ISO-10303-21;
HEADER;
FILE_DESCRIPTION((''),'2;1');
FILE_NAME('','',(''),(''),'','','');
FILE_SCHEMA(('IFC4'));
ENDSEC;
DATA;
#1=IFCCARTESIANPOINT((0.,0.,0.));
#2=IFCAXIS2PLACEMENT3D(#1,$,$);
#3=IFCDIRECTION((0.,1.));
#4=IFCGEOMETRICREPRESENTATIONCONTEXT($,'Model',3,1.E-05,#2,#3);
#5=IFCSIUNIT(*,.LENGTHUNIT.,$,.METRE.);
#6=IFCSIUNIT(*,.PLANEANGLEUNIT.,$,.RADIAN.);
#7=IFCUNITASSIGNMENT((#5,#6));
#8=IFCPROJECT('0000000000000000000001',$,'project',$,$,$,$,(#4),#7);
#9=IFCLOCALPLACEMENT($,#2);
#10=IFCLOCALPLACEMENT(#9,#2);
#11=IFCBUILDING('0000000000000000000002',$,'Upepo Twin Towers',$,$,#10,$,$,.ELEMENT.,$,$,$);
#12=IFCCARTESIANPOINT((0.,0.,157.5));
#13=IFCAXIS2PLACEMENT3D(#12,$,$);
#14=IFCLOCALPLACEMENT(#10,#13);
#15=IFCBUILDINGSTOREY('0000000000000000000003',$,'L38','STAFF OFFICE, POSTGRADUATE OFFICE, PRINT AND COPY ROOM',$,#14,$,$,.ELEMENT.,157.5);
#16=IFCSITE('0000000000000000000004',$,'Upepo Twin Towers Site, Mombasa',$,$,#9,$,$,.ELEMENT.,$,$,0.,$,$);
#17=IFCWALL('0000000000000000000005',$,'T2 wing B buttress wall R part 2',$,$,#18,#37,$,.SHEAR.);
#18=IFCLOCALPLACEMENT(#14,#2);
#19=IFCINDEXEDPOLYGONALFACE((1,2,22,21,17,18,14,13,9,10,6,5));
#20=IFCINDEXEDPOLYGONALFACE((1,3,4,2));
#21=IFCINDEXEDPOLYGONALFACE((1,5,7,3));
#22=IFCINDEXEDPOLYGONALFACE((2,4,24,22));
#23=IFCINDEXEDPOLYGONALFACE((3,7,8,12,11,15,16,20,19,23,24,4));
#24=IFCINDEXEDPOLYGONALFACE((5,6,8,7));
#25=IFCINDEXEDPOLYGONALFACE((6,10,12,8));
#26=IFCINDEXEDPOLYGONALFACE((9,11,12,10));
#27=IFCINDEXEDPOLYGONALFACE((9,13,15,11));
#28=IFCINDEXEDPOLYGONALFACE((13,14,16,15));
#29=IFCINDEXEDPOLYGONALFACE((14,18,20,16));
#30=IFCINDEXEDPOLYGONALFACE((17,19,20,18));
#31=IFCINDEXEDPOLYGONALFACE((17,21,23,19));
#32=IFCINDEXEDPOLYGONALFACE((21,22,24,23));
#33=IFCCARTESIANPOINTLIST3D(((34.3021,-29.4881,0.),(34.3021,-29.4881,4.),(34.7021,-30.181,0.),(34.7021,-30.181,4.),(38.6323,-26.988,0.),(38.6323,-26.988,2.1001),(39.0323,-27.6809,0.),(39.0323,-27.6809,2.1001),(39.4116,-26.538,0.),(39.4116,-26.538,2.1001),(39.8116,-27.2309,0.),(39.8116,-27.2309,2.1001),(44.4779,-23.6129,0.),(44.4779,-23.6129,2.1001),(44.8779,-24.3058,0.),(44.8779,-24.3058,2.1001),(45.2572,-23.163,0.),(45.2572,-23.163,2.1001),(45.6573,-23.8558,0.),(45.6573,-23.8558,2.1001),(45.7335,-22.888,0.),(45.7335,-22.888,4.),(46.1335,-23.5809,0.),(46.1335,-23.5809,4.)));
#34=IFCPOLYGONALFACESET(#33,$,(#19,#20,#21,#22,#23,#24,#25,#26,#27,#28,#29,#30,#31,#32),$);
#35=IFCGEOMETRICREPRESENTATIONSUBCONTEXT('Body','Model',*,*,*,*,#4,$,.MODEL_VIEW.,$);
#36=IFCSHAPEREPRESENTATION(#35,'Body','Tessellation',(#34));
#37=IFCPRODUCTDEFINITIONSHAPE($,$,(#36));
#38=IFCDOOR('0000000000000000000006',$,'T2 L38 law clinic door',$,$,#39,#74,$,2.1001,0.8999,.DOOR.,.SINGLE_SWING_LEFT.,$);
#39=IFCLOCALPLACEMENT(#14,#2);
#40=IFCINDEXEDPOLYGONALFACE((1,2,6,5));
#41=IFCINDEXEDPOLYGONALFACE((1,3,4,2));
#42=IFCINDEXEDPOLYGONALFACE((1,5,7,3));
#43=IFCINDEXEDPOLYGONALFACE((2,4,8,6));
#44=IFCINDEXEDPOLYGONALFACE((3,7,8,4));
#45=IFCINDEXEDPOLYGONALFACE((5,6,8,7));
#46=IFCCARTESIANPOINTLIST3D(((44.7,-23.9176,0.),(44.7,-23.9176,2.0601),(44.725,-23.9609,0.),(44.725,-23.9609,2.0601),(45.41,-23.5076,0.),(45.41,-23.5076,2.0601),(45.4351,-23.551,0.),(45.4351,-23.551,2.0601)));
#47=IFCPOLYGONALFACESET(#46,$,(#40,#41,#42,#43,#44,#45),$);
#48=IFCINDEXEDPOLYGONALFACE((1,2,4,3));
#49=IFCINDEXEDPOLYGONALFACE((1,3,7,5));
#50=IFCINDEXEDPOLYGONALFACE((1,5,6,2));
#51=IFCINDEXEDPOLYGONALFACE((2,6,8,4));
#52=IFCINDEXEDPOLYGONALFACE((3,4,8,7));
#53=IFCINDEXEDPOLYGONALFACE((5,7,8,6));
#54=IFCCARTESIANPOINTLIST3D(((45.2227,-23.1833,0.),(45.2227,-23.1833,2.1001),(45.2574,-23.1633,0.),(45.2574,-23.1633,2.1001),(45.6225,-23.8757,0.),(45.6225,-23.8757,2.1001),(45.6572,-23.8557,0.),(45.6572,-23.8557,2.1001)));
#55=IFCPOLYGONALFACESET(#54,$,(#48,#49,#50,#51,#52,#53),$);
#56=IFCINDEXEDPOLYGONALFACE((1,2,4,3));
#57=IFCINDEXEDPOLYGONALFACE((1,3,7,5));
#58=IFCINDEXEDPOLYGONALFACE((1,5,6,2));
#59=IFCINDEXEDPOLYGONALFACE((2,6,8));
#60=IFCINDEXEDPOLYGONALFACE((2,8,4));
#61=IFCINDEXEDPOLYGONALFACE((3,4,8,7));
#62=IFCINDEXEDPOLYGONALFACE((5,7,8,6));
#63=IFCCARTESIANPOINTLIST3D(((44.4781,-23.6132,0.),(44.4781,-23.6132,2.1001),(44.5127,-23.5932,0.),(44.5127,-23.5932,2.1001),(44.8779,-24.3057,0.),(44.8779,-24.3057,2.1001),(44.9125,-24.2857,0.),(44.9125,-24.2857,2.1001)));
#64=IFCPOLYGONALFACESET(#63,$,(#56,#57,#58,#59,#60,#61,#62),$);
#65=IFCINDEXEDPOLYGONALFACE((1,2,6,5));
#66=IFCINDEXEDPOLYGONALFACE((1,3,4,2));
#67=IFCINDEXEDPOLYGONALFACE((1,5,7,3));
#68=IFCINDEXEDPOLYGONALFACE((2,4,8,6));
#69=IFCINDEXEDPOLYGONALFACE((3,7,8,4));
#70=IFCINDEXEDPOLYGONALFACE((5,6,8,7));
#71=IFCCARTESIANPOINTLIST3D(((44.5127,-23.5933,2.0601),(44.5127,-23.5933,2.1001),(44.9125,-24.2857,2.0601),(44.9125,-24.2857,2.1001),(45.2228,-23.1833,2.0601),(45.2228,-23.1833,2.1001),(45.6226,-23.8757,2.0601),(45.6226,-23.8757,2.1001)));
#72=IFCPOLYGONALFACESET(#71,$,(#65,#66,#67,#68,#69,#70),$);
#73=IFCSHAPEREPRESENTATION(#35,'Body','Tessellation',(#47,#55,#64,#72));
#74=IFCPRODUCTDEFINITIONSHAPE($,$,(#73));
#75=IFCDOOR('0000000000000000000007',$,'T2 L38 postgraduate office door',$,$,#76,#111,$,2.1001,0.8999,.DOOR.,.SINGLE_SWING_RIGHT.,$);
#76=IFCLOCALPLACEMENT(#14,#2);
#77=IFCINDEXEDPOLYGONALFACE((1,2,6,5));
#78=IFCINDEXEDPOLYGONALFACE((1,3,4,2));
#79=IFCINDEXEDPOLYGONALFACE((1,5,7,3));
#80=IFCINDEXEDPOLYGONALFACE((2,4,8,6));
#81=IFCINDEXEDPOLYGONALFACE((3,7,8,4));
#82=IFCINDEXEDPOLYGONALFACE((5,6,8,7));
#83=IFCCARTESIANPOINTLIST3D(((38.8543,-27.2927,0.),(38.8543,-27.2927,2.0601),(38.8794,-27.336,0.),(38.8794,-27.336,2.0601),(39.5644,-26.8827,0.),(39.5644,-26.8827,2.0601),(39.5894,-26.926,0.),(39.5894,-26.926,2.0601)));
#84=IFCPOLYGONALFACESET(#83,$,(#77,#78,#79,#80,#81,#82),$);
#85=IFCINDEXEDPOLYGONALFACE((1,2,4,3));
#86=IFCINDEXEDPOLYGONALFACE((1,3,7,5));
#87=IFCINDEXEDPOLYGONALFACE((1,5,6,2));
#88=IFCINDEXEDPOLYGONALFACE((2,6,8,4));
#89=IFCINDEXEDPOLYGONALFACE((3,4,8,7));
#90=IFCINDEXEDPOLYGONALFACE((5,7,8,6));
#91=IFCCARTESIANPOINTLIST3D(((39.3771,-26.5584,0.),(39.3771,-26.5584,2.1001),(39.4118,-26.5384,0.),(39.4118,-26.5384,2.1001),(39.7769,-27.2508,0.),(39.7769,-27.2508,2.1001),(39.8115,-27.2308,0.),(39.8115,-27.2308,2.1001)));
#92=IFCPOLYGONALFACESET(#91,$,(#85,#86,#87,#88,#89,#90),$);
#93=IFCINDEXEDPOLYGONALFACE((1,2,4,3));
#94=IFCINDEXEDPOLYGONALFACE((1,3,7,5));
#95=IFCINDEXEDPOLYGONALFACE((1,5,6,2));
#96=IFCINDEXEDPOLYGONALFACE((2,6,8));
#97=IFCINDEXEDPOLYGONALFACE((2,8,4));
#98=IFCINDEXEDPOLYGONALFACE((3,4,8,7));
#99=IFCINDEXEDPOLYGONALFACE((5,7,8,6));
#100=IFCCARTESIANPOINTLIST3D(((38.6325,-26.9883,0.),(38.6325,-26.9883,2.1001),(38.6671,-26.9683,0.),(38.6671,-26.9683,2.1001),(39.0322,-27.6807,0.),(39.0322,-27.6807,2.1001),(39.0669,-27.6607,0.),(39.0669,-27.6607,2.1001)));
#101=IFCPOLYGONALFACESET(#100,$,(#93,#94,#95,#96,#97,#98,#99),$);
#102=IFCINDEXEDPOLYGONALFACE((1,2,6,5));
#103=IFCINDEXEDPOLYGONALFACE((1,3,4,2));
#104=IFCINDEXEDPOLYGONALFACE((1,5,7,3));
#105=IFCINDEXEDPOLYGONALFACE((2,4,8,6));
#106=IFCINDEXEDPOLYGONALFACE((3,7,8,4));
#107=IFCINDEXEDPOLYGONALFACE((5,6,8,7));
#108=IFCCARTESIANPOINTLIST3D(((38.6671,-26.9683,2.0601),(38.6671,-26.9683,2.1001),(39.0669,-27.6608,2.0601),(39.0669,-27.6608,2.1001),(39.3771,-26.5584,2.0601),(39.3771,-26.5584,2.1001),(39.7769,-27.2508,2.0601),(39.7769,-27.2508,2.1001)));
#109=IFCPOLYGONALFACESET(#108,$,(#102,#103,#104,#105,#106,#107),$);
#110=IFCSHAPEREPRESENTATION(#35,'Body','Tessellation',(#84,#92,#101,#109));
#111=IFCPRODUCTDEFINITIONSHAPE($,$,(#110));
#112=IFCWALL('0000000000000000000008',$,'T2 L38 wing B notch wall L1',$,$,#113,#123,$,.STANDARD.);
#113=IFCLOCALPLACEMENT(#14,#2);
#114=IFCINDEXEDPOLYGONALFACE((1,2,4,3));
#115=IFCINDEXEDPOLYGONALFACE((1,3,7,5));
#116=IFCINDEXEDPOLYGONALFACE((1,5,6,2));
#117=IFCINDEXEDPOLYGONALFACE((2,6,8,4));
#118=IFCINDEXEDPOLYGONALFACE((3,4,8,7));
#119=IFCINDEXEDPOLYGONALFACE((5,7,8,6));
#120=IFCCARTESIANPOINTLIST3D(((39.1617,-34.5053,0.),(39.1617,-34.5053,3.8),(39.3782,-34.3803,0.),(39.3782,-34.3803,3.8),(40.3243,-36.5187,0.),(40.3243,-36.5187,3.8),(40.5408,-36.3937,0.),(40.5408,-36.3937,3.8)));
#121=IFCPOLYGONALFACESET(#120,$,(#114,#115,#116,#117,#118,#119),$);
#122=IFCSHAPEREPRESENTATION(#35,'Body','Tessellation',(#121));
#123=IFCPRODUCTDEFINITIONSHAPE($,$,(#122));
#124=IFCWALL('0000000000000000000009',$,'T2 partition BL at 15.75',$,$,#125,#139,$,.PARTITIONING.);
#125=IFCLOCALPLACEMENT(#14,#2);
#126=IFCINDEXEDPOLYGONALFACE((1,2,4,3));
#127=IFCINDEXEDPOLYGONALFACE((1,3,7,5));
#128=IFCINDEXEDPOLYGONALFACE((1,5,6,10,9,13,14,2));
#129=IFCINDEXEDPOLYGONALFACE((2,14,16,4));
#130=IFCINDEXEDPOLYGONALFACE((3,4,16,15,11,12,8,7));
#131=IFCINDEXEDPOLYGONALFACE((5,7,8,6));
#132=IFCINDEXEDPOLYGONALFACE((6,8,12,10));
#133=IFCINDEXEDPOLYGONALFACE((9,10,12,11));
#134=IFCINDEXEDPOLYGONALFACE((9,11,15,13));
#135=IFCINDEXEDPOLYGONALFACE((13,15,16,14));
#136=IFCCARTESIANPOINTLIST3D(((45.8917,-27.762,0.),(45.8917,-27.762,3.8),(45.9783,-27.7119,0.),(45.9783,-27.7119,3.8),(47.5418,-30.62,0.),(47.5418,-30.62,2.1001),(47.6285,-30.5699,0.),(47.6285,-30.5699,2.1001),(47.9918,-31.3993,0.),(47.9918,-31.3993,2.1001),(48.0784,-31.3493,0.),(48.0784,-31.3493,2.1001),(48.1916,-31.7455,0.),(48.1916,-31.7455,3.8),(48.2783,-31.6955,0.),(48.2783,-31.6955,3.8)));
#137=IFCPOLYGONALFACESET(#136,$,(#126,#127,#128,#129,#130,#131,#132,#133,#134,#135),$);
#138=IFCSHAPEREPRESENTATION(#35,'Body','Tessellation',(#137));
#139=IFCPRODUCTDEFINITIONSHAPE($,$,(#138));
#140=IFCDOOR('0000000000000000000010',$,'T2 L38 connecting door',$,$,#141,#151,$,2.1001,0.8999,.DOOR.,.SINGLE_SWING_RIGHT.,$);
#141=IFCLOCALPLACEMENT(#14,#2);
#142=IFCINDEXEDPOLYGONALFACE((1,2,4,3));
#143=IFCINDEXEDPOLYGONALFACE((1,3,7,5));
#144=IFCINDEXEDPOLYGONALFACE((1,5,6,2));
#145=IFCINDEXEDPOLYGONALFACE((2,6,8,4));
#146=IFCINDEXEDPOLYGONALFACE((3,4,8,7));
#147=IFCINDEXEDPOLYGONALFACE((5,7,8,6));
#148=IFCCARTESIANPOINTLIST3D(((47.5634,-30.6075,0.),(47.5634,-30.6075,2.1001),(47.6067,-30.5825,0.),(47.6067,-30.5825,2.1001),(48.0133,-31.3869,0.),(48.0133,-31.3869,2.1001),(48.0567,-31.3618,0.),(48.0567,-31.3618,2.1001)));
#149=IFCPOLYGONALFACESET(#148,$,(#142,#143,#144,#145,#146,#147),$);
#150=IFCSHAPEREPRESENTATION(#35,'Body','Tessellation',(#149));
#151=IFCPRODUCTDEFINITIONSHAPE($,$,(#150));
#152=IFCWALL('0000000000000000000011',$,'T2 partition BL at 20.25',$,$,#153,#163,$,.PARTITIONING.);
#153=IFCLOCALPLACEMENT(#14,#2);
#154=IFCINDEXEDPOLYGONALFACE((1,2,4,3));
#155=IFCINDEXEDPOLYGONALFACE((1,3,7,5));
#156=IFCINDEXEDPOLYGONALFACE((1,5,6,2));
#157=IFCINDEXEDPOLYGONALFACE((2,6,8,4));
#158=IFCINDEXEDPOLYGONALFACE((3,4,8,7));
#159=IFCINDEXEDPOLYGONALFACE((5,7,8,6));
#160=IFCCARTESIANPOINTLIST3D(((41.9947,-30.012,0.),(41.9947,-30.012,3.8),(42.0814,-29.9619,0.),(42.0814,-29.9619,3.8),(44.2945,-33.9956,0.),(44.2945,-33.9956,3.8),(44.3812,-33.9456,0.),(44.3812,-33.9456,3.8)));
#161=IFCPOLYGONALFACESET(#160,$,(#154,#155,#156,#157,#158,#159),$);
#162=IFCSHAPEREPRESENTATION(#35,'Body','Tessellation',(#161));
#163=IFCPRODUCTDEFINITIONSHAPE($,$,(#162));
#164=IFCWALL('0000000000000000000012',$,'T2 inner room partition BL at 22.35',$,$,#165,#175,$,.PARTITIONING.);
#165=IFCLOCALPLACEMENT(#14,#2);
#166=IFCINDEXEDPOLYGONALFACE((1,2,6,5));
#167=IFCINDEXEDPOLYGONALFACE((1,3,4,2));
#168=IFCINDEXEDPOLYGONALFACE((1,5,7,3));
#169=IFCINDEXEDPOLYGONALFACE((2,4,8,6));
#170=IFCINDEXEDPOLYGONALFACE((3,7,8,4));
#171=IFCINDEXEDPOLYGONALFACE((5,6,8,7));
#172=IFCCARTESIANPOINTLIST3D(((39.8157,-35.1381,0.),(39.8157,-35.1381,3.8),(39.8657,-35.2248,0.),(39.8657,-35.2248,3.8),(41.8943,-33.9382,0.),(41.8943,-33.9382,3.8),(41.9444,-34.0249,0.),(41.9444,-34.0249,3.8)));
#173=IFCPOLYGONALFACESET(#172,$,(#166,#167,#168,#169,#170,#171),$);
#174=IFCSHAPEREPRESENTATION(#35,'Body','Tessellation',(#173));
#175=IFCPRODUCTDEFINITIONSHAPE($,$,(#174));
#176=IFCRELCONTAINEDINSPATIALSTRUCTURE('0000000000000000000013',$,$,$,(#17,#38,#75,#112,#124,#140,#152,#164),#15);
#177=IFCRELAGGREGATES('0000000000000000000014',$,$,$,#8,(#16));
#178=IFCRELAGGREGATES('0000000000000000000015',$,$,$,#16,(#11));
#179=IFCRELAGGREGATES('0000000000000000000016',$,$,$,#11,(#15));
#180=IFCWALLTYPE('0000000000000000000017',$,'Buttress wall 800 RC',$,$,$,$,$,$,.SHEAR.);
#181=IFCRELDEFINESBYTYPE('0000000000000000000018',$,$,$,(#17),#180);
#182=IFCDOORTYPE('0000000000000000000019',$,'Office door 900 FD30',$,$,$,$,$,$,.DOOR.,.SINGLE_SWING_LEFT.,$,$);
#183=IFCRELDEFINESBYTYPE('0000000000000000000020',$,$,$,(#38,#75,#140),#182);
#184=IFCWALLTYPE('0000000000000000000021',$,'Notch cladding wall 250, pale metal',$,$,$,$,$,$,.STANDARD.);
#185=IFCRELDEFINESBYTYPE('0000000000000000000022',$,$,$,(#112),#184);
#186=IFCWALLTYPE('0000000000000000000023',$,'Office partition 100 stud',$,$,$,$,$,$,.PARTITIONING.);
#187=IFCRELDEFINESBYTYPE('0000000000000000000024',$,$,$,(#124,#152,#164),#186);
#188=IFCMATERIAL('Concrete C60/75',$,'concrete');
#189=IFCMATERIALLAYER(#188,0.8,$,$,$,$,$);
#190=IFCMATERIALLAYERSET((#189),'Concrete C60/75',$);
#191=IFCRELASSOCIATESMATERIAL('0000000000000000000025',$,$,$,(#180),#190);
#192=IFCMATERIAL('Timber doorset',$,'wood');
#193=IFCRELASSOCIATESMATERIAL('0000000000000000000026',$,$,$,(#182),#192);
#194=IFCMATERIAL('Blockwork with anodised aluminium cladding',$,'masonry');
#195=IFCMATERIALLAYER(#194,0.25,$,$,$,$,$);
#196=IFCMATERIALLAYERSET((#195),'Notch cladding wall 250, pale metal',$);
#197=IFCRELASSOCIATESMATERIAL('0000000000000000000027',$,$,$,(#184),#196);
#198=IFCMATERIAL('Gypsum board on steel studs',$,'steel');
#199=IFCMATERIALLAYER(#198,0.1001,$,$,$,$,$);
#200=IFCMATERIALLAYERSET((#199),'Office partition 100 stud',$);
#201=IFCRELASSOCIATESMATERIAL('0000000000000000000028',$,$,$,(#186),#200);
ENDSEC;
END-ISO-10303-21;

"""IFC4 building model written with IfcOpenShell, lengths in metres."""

from ifc_helpers import new_model, si_unit, direction, frame, frame_2d, origin, place, context, subcontext, project, spatial, rectangle, extrude, material, layer, layer_set, type_object, element, fill, save


model = new_model("IFC4")

# Units and contexts
model_context = context("Model", 3, precision=1e-05, world=origin(), true_north=direction((0.0, 1.0)))
body_context = subcontext(model_context, "Body", "Model", "MODEL_VIEW")
ifc_project = project(units=[si_unit("LENGTHUNIT", "METRE"), si_unit("PLANEANGLEUNIT", "RADIAN")], contexts=[model_context])

# Site, building, storey
site_placement = place(None, origin())
site = spatial("IfcSite", under=ifc_project, at=site_placement, Name="Upepo Twin Towers Site, Mombasa", CompositionType="ELEMENT", RefElevation=0.0)
building_placement = place(site_placement, origin())
building = spatial("IfcBuilding", under=site, at=building_placement, Name="Upepo Twin Towers", CompositionType="ELEMENT")
storey_placement = place(building_placement, frame((0.0, 0.0, 157.5)))
storey = spatial("IfcBuildingStorey", under=building, at=storey_placement, Name="L38", Description="STAFF OFFICE, POSTGRADUATE OFFICE, PRINT AND COPY ROOM", CompositionType="ELEMENT", Elevation=157.5)

# Wall, openings, doors
ifc_material_1 = material(Name="Concrete C60/75", Category="concrete")
ifc_layer_1 = layer(ifc_material_1, 0.8)
ifc_layer_set_1 = layer_set([ifc_layer_1], Name="Concrete C60/75")
wall_type_1 = type_object("IfcWallType", Name="Buttress wall 800 RC", PredefinedType="SHEAR", material=ifc_layer_set_1)
wall_1_placement = place(storey_placement, frame((45.9336, -23.2344, 0.0), z_axis=(0.0, 0.0, 1.0), x_axis=(-0.86602, -0.50001, 0.0)))
wall_1 = element("IfcWall", 1, at=wall_1_placement, inside=storey, type_object=wall_type_1, Name="T2 wing B buttress wall R part 2", PredefinedType="SHEAR", context=body_context, shape_type="SweptSolid", body=[
    extrude(rectangle(XDim=13.2, YDim=0.8, at=frame_2d((6.6001, 0.0))), origin(), (0.0, 0.0, 1.0), 4.0),
])
opening_1_placement = place(wall_1_placement, frame((0.55, 0.0, 0.0)))
opening_1 = element("IfcOpeningElement", 2, at=opening_1_placement, cuts=wall_1, PredefinedType="OPENING", context=body_context, shape_type="SweptSolid", body=[
    extrude(rectangle(XDim=0.8999, YDim=2.1001, at=frame_2d((0.45, 1.05))), frame((0.0, 0.4099, 0.0), z_axis=(0.0, -1.0, 0.0), x_axis=(1.0, 0.0, 0.0)), (0.0, 0.0, 1.0), 0.8201),
])
opening_2_placement = place(wall_1_placement, frame((7.3, 0.0, 0.0)))
opening_2 = element("IfcOpeningElement", 3, at=opening_2_placement, cuts=wall_1, PredefinedType="OPENING", context=body_context, shape_type="SweptSolid", body=[
    extrude(rectangle(XDim=0.8999, YDim=2.1001, at=frame_2d((0.45, 1.05))), frame((0.0, 0.4099, 0.0), z_axis=(0.0, -1.0, 0.0), x_axis=(1.0, 0.0, 0.0)), (0.0, 0.0, 1.0), 0.8201),
])
ifc_material_2 = material(Name="Timber doorset", Category="wood")
door_type = type_object("IfcDoorType", Name="Office door 900 FD30", OperationType="SINGLE_SWING_LEFT", PredefinedType="DOOR", material=ifc_material_2)
door_1_placement = place(opening_1_placement, origin())
door_1 = element("IfcDoor", 4, at=door_1_placement, inside=storey, type_object=door_type, Name="T2 L38 law clinic door", OperationType="SINGLE_SWING_LEFT", OverallHeight=2.1001, OverallWidth=0.8999, PredefinedType="DOOR", context=body_context, shape_type="SweptSolid", body=[
    extrude(rectangle(XDim=0.8199, YDim=2.0601, at=frame_2d((0.45, 1.03))), frame((0.0, 0.0249, 0.0), z_axis=(0.0, -1.0, 0.0), x_axis=(1.0, 0.0, 0.0)), (0.0, 0.0, 1.0), 0.05),
    extrude(rectangle(XDim=0.04, YDim=2.1001, at=frame_2d((0.02, 1.05))), frame((0.0, 0.3999, 0.0), z_axis=(0.0, -1.0, 0.0), x_axis=(1.0, 0.0, 0.0)), (0.0, 0.0, 1.0), 0.7996),
    extrude(rectangle(XDim=0.04, YDim=2.1001, at=frame_2d((0.8799, 1.05))), frame((0.0, 0.3999, 0.0), z_axis=(0.0, -1.0, 0.0), x_axis=(1.0, 0.0, 0.0)), (0.0, 0.0, 1.0), 0.7996),
    extrude(rectangle(XDim=0.8199, YDim=0.04, at=frame_2d((0.45, 2.0801))), frame((0.0, 0.3999, 0.0), z_axis=(0.0, -1.0, 0.0), x_axis=(1.0, 0.0, 0.0)), (0.0, 0.0, 1.0), 0.7996),
])
fill(opening_1, door_1)
door_2_placement = place(opening_2_placement, origin())
door_2 = element("IfcDoor", 5, at=door_2_placement, inside=storey, type_object=door_type, Name="T2 L38 postgraduate office door", OperationType="SINGLE_SWING_RIGHT", OverallHeight=2.1001, OverallWidth=0.8999, PredefinedType="DOOR", context=body_context, shape_type="SweptSolid", body=[
    extrude(rectangle(XDim=0.8199, YDim=2.0601, at=frame_2d((0.45, 1.03))), frame((0.0, 0.0249, 0.0), z_axis=(0.0, -1.0, 0.0), x_axis=(1.0, 0.0, 0.0)), (0.0, 0.0, 1.0), 0.05),
    extrude(rectangle(XDim=0.04, YDim=2.1001, at=frame_2d((0.02, 1.05))), frame((0.0, 0.3999, 0.0), z_axis=(0.0, -1.0, 0.0), x_axis=(1.0, 0.0, 0.0)), (0.0, 0.0, 1.0), 0.7996),
    extrude(rectangle(XDim=0.04, YDim=2.1001, at=frame_2d((0.8799, 1.05))), frame((0.0, 0.3999, 0.0), z_axis=(0.0, -1.0, 0.0), x_axis=(1.0, 0.0, 0.0)), (0.0, 0.0, 1.0), 0.7996),
    extrude(rectangle(XDim=0.8199, YDim=0.04, at=frame_2d((0.45, 2.0801))), frame((0.0, 0.3999, 0.0), z_axis=(0.0, -1.0, 0.0), x_axis=(1.0, 0.0, 0.0)), (0.0, 0.0, 1.0), 0.7996),
])
fill(opening_2, door_2)

# Wall
ifc_material_3 = material(Name="Blockwork with anodised aluminium cladding", Category="masonry")
ifc_layer_2 = layer(ifc_material_3, 0.25)
ifc_layer_set_2 = layer_set([ifc_layer_2], Name="Notch cladding wall 250, pale metal")
wall_type_2 = type_object("IfcWallType", Name="Notch cladding wall 250, pale metal", PredefinedType="STANDARD", material=ifc_layer_set_2)
wall_2_placement = place(storey_placement, frame((40.4326, -36.4563, 0.0), z_axis=(0.0, 0.0, 1.0), x_axis=(-0.500047, 0.865998, 0.0)))
element("IfcWall", 6, at=wall_2_placement, inside=storey, type_object=wall_type_2, Name="T2 L38 wing B notch wall L1", PredefinedType="STANDARD", context=body_context, shape_type="SweptSolid", body=[
    extrude(rectangle(XDim=2.325, YDim=0.25, at=frame_2d((1.1626, 0.0))), origin(), (0.0, 0.0, 1.0), 3.8),
])

# Wall, opening, door
ifc_material_4 = material(Name="Gypsum board on steel studs", Category="steel")
ifc_layer_3 = layer(ifc_material_4, 0.1001)
ifc_layer_set_3 = layer_set([ifc_layer_3], Name="Office partition 100 stud")
wall_type_3 = type_object("IfcWallType", Name="Office partition 100 stud", PredefinedType="PARTITIONING", material=ifc_layer_set_3)
wall_3_placement = place(storey_placement, frame((45.9351, -27.7371, 0.0), z_axis=(0.0, 0.0, 1.0), x_axis=(0.500015, -0.866017, 0.0)))
wall_3 = element("IfcWall", 7, at=wall_3_placement, inside=storey, type_object=wall_type_3, Name="T2 partition BL at 15.75", PredefinedType="PARTITIONING", context=body_context, shape_type="SweptSolid", body=[
    extrude(rectangle(XDim=4.5999, YDim=0.1001, at=frame_2d((2.2998, 0.0))), origin(), (0.0, 0.0, 1.0), 3.8),
])
opening_3_placement = place(wall_3_placement, frame((3.3, 0.0, 0.0)))
opening_3 = element("IfcOpeningElement", 8, at=opening_3_placement, cuts=wall_3, PredefinedType="OPENING", context=body_context, shape_type="SweptSolid", body=[
    extrude(rectangle(XDim=0.8999, YDim=2.1001, at=frame_2d((0.45, 1.05))), frame((0.0, 0.0601, 0.0), z_axis=(0.0, -1.0, 0.0), x_axis=(1.0, 0.0, 0.0)), (0.0, 0.0, 1.0), 0.1201),
])
door_3_placement = place(opening_3_placement, origin())
door_3 = element("IfcDoor", 9, at=door_3_placement, inside=storey, type_object=door_type, Name="T2 L38 connecting door", OperationType="SINGLE_SWING_RIGHT", OverallHeight=2.1001, OverallWidth=0.8999, PredefinedType="DOOR", context=body_context, shape_type="SweptSolid", body=[
    extrude(rectangle(XDim=0.8999, YDim=2.1001, at=frame_2d((0.45, 1.05))), frame((0.0, 0.0249, 0.0), z_axis=(0.0, -1.0, 0.0), x_axis=(1.0, 0.0, 0.0)), (0.0, 0.0, 1.0), 0.05),
])
fill(opening_3, door_3)

# Walls
wall_4_placement = place(storey_placement, frame((42.0381, -29.9871, 0.0), z_axis=(0.0, 0.0, 1.0), x_axis=(0.499975, -0.86604, 0.0)))
element("IfcWall", 10, at=wall_4_placement, inside=storey, type_object=wall_type_3, Name="T2 partition BL at 20.25", PredefinedType="PARTITIONING", context=body_context, shape_type="SweptSolid", body=[
    extrude(rectangle(XDim=4.5999, YDim=0.1001, at=frame_2d((2.2998, 0.0))), origin(), (0.0, 0.0, 1.0), 3.8),
])
wall_5_placement = place(storey_placement, frame((41.9194, -33.9814, 0.0), z_axis=(0.0, 0.0, 1.0), x_axis=(-0.86605, -0.499957, 0.0)))
element("IfcWall", 11, at=wall_5_placement, inside=storey, type_object=wall_type_3, Name="T2 inner room partition BL at 22.35", PredefinedType="PARTITIONING", context=body_context, shape_type="SweptSolid", body=[
    extrude(rectangle(XDim=2.4001, YDim=0.1001, at=frame_2d((1.2002, 0.0))), origin(), (0.0, 0.0, 1.0), 3.8),
])

save(model, "model.ifc")
